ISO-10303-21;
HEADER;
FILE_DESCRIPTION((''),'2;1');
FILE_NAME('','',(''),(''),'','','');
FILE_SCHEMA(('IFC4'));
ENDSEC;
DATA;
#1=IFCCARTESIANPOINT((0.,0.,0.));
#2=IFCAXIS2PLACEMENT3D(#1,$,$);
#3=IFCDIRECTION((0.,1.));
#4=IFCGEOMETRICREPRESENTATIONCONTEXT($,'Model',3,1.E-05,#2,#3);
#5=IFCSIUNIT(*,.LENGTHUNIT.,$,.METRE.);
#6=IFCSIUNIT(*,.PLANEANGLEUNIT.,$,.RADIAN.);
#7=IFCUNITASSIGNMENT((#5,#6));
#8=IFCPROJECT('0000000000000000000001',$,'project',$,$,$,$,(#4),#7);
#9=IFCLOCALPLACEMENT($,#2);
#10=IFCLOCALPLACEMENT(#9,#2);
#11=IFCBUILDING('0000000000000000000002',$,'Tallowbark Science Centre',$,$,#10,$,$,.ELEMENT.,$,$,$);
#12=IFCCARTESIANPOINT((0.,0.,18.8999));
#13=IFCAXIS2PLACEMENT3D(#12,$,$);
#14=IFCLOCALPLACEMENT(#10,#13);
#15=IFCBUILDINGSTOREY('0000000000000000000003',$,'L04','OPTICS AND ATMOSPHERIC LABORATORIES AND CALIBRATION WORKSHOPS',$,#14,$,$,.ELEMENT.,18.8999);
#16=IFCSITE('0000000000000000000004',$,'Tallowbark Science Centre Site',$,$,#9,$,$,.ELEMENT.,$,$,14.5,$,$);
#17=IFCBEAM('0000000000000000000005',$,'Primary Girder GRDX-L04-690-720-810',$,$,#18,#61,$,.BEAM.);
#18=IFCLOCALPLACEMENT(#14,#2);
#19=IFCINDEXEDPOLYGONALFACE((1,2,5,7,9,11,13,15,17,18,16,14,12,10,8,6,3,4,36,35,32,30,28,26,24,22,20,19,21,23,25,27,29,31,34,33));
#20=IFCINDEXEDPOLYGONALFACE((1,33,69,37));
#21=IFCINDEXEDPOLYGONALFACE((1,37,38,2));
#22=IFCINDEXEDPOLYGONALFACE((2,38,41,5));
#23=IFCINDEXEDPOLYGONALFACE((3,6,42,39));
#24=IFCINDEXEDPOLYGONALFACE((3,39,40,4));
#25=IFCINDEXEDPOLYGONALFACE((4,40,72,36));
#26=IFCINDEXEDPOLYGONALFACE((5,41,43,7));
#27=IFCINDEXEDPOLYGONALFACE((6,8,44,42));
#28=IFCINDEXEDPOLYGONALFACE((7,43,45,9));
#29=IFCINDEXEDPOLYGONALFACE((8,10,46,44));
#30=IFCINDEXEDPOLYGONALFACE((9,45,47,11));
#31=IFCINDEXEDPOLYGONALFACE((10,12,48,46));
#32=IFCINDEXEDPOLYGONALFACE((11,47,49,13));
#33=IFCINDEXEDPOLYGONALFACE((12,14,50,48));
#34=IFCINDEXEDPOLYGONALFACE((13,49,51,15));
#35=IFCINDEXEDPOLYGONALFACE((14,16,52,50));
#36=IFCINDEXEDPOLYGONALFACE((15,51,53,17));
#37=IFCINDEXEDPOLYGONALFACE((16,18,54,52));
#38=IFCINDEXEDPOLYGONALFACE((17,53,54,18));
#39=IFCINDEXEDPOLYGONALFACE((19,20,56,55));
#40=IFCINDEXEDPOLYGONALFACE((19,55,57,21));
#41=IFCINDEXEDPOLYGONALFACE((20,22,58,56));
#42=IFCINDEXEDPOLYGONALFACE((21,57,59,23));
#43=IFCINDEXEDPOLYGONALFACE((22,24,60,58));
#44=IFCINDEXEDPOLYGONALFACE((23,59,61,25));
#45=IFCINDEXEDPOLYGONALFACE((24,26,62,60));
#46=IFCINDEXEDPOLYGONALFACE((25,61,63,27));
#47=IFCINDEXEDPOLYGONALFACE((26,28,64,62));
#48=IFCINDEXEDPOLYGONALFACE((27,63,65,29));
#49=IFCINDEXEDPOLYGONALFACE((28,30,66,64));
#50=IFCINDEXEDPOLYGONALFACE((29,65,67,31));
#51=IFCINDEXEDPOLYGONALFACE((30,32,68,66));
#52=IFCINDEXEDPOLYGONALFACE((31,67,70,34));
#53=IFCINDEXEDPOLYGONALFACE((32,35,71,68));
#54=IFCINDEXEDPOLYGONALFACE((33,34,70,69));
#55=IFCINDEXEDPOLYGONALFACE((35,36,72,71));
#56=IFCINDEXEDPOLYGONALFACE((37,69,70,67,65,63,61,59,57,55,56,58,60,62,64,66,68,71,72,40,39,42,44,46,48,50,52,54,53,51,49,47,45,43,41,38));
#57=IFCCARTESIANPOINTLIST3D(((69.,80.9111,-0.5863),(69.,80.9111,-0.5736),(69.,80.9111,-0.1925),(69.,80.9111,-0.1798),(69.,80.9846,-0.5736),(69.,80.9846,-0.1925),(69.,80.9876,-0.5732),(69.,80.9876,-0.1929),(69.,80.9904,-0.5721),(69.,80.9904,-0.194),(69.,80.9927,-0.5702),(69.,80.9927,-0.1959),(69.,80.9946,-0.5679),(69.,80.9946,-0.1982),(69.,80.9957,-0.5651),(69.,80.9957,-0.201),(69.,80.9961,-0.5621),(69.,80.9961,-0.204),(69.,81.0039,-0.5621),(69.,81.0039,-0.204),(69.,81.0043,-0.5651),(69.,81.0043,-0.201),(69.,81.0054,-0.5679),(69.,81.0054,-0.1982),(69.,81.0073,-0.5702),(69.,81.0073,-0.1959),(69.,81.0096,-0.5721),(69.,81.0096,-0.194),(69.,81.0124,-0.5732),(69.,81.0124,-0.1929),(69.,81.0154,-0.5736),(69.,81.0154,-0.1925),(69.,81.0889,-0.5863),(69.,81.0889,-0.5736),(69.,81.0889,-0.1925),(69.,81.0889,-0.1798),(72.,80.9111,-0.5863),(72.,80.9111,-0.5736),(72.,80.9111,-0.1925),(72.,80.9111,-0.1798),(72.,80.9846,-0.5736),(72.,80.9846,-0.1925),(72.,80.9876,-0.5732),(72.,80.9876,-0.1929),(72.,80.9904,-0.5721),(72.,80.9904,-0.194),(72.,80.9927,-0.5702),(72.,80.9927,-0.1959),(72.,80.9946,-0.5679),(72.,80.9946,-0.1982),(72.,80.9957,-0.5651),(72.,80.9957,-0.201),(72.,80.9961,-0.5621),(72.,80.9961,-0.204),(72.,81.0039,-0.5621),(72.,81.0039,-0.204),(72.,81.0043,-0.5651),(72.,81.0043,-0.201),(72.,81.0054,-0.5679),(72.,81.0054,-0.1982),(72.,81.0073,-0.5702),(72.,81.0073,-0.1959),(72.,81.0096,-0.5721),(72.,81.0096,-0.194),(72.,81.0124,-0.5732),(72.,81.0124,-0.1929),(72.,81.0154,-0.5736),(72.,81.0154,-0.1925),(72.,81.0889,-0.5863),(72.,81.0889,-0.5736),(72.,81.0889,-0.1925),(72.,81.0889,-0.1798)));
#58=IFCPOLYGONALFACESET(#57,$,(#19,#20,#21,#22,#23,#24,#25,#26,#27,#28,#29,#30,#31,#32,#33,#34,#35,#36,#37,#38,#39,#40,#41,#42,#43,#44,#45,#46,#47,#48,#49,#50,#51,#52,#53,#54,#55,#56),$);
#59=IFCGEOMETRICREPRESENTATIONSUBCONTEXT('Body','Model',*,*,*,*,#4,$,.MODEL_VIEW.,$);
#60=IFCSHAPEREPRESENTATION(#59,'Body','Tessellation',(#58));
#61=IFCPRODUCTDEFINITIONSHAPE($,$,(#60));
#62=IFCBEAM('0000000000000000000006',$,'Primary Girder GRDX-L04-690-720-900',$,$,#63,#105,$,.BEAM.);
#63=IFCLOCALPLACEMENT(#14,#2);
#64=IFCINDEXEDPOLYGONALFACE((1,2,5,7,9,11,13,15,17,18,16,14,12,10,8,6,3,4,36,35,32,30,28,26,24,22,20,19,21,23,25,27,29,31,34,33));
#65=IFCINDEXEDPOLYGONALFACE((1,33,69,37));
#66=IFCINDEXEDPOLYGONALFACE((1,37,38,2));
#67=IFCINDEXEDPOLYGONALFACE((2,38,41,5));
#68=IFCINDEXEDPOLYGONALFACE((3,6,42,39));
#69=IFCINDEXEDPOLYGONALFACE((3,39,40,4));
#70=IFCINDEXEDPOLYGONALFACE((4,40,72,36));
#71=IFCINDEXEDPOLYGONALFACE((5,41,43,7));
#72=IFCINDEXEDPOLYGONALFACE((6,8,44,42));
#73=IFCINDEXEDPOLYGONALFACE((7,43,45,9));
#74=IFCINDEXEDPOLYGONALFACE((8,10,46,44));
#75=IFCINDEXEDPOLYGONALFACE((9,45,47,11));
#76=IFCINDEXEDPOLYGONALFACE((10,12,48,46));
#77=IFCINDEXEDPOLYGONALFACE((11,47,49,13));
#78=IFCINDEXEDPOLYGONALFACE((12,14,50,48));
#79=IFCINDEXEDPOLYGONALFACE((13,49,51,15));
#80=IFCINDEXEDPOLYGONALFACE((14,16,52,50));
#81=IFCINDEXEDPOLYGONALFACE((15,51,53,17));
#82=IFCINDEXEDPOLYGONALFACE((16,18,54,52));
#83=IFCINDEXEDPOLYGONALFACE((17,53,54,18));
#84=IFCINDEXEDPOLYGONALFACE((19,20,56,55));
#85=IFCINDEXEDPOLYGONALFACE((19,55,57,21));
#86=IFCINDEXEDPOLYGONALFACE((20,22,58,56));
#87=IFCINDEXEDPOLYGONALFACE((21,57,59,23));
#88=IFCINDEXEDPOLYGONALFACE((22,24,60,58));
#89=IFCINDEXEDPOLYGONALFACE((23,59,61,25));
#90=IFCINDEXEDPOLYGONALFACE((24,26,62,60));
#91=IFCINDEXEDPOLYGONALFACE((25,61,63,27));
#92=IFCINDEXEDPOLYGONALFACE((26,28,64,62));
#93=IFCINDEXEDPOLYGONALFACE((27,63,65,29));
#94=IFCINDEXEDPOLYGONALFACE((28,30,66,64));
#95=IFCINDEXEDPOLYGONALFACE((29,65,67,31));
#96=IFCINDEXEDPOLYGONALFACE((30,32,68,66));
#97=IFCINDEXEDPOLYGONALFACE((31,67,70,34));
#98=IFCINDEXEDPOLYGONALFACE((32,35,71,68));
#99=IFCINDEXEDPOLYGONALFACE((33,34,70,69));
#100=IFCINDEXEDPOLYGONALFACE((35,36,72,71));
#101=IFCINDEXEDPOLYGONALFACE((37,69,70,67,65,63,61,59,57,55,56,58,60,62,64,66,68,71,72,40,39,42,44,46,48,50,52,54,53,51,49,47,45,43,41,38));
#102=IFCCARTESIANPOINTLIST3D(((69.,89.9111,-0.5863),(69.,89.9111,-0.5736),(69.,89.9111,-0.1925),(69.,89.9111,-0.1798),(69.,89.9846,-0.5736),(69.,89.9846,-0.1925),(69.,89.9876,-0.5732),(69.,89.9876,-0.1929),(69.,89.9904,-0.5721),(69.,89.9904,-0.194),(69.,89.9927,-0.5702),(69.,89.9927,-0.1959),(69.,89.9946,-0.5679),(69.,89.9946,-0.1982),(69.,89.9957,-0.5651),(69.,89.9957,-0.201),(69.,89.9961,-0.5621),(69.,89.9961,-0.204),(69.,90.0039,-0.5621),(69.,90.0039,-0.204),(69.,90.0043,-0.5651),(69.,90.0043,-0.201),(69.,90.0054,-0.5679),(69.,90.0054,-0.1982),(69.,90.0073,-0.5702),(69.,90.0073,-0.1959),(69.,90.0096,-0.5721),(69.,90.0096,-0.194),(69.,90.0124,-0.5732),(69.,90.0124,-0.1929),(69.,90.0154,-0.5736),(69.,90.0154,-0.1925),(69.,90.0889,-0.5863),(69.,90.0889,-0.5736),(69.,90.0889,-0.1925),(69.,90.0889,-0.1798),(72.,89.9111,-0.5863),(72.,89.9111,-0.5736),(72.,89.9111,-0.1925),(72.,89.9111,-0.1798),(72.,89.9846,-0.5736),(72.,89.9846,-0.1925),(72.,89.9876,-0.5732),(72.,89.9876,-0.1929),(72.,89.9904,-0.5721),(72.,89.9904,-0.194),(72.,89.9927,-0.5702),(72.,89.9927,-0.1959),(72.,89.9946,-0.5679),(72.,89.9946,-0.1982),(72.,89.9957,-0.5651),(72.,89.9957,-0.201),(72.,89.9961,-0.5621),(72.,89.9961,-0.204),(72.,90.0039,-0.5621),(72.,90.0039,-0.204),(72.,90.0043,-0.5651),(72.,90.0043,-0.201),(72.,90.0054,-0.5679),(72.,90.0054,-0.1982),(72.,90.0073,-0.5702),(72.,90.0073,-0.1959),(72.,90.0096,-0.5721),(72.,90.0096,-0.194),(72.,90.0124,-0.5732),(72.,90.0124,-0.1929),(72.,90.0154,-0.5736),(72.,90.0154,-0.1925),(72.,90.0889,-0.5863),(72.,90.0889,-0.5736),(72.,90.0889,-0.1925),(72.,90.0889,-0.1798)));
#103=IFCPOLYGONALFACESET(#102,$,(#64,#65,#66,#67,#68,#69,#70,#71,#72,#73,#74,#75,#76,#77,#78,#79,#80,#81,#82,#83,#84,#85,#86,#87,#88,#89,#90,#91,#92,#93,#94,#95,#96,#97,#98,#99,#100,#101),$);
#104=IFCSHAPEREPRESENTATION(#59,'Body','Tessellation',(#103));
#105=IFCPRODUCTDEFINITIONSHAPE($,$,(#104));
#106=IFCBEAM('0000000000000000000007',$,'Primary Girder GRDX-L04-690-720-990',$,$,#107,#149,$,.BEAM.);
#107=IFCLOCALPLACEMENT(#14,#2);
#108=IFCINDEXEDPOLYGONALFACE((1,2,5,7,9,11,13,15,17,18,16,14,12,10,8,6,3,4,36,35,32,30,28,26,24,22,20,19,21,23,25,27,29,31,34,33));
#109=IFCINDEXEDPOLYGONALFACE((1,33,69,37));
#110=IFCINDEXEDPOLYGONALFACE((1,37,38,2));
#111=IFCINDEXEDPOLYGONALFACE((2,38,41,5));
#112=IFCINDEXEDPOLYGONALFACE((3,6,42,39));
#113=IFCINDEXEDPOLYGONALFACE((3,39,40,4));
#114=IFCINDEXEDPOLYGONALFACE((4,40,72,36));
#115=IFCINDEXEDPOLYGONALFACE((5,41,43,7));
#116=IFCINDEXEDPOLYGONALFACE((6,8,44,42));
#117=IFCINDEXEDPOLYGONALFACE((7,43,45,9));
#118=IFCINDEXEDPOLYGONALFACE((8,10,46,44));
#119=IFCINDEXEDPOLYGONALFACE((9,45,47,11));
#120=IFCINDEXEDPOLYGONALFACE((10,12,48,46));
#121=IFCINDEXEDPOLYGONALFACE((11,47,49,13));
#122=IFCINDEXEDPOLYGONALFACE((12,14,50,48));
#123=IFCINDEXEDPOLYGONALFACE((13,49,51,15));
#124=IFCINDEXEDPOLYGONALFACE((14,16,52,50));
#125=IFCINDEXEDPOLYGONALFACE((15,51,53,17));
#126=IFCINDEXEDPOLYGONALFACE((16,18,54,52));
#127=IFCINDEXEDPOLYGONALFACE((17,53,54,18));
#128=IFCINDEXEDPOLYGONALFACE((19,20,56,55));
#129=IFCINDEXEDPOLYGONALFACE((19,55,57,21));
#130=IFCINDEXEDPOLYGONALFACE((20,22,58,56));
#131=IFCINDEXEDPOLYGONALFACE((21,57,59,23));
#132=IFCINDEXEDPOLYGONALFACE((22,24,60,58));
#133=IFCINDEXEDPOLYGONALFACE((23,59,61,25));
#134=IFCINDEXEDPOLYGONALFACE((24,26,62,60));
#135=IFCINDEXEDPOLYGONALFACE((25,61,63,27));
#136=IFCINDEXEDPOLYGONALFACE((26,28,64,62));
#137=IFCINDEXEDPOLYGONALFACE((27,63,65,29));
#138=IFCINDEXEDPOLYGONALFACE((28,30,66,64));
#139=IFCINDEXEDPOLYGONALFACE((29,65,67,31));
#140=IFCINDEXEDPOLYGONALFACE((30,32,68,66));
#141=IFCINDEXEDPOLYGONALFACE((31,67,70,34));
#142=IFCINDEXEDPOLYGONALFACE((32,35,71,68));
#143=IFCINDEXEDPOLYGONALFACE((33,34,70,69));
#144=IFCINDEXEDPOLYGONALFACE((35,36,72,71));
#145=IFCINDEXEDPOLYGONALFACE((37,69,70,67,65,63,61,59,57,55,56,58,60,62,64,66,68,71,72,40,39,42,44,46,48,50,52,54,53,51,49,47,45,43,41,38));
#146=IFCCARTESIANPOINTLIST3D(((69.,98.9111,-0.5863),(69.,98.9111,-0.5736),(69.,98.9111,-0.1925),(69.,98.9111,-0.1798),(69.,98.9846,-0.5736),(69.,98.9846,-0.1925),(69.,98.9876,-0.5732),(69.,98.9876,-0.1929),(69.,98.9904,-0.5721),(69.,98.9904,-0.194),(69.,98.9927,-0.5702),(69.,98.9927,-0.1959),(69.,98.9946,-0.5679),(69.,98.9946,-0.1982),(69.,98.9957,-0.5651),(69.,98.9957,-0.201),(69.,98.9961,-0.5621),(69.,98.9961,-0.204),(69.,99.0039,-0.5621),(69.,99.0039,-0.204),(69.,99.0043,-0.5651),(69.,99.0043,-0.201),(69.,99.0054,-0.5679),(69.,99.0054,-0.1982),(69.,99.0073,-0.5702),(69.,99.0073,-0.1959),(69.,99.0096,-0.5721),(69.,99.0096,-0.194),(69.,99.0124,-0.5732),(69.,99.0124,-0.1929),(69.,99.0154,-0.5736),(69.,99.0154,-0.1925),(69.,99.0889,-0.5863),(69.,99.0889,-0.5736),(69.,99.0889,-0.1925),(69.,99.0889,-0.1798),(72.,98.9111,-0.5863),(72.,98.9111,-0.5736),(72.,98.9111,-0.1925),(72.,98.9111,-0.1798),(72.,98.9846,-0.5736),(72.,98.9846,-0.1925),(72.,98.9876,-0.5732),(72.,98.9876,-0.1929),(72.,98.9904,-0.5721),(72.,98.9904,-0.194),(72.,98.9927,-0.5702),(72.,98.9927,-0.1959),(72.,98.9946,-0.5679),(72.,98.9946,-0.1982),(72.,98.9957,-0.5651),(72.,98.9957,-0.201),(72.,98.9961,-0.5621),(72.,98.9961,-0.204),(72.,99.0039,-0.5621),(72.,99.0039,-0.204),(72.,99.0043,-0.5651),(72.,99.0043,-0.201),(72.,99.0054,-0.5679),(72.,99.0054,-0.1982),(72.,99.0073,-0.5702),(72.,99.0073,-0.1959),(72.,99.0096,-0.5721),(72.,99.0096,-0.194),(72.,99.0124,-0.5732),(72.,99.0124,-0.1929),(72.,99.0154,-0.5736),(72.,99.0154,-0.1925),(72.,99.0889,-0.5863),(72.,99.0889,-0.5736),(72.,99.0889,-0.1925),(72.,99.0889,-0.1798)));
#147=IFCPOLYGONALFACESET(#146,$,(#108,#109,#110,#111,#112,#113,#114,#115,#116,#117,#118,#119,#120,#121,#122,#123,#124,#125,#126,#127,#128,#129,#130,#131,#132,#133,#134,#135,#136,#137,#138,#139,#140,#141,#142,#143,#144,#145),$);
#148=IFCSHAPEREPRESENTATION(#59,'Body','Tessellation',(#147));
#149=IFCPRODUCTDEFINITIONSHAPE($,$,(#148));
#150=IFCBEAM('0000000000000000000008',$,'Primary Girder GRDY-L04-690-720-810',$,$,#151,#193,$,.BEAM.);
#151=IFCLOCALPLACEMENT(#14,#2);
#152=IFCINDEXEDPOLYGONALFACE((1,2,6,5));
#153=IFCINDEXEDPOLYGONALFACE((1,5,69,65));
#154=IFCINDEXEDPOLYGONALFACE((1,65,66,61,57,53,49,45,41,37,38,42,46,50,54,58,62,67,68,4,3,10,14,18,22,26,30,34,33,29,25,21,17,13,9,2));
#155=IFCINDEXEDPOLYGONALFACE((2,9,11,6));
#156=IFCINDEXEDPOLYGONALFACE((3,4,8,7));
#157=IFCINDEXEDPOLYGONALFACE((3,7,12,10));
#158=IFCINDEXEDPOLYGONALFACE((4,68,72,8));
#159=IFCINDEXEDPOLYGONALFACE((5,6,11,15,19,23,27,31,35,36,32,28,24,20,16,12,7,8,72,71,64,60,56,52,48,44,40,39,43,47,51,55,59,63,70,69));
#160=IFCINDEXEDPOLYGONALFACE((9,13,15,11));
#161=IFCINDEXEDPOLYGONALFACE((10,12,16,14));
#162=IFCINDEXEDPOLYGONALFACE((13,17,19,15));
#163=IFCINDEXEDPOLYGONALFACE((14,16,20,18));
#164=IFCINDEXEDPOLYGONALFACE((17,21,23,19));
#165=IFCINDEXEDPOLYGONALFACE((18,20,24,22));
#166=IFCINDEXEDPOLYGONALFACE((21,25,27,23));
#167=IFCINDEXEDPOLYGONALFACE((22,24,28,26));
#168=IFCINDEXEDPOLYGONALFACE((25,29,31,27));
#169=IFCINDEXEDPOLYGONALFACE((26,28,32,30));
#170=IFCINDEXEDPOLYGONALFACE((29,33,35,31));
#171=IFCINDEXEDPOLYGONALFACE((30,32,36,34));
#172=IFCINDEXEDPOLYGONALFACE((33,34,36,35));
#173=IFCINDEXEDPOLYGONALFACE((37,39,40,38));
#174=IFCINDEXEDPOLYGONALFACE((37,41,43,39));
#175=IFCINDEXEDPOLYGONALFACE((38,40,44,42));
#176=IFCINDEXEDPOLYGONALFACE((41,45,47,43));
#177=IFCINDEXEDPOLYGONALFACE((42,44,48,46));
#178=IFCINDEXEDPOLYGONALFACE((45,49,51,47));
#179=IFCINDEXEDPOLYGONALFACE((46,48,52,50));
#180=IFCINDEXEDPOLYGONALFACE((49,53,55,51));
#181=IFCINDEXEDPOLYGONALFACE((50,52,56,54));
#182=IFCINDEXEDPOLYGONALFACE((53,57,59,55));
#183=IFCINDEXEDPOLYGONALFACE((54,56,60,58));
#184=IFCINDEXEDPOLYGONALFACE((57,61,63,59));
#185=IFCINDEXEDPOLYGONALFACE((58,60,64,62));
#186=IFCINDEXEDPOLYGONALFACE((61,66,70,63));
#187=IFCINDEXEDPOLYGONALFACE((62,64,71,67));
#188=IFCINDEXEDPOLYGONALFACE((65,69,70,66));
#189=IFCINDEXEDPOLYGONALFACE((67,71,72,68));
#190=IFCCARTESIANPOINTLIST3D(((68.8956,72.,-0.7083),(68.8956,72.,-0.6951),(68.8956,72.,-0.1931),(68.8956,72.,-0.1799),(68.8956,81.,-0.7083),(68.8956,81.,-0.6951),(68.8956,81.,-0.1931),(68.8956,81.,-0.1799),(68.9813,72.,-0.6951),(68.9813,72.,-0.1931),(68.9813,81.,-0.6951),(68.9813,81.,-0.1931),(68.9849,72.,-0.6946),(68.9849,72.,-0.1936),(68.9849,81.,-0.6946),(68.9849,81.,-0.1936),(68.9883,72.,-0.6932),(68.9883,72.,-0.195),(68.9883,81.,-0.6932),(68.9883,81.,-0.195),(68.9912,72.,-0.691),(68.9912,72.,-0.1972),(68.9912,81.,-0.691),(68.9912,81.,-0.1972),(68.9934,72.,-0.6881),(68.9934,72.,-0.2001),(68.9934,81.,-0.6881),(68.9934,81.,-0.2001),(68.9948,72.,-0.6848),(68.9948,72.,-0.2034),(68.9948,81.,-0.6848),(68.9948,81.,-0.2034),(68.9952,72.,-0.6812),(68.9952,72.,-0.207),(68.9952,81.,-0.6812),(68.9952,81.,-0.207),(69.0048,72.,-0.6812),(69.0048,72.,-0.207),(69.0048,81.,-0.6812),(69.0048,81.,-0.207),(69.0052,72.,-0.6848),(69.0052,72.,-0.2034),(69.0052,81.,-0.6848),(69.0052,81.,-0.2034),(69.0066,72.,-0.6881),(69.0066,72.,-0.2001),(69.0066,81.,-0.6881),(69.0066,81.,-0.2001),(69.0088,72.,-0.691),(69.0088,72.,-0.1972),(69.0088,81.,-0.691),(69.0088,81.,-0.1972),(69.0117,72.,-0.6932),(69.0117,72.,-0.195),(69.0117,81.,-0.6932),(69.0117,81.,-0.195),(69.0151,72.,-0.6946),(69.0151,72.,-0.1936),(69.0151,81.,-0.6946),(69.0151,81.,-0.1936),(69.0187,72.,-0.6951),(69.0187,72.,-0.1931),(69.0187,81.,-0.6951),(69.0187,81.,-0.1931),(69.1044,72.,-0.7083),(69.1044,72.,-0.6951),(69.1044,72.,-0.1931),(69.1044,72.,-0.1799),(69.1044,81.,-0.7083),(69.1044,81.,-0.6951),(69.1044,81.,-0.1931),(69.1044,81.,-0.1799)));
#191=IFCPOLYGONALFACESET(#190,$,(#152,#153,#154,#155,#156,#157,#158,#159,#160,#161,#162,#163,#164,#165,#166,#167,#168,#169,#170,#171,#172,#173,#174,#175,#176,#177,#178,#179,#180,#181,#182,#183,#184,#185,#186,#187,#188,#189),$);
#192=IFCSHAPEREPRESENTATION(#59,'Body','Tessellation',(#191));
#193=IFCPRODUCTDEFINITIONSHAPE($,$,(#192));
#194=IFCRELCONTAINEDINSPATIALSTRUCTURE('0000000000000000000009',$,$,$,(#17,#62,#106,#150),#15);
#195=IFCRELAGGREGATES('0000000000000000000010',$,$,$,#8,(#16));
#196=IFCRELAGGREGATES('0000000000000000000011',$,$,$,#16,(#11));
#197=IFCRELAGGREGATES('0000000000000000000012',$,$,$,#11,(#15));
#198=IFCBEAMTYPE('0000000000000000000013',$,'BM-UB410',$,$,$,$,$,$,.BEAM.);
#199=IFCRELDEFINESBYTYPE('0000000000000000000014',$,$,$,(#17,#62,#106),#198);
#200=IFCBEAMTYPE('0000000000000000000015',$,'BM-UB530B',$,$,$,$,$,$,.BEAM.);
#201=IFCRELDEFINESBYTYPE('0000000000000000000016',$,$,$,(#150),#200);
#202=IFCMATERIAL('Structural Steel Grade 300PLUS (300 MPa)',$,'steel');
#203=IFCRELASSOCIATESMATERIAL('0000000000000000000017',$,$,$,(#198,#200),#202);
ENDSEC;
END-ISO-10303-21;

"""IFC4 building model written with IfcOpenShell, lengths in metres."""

from ifc_helpers import new_model, si_unit, direction, frame, origin, origin_2d, place, context, subcontext, project, spatial, i_section, extrude, material, material_profile, profile_set, type_object, element, save


model = new_model("IFC4")

# Units and contexts
model_context = context("Model", 3, precision=1e-05, world=origin(), true_north=direction((0.0, 1.0)))
body_context = subcontext(model_context, "Body", "Model", "MODEL_VIEW")
ifc_project = project(units=[si_unit("LENGTHUNIT", "METRE"), si_unit("PLANEANGLEUNIT", "RADIAN")], contexts=[model_context])

# Site, building, storey
site_placement = place(None, origin())
site = spatial("IfcSite", under=ifc_project, at=site_placement, Name="Tallowbark Science Centre Site", CompositionType="ELEMENT", RefElevation=14.5)
building_placement = place(site_placement, origin())
building = spatial("IfcBuilding", under=site, at=building_placement, Name="Tallowbark Science Centre", CompositionType="ELEMENT")
storey_placement = place(building_placement, frame((0.0, 0.0, 18.8999)))
storey = spatial("IfcBuildingStorey", under=building, at=storey_placement, Name="L04", Description="OPTICS AND ATMOSPHERIC LABORATORIES AND CALIBRATION WORKSHOPS", CompositionType="ELEMENT", Elevation=18.8999)

# Beams
ifc_material_1 = material(Name="Structural Steel Grade 300PLUS (300 MPa)", Category="steel")
ifc_material_profile_1 = material_profile(ifc_material_1, i_section(OverallWidth=0.1777, OverallDepth=0.4065, WebThickness=0.0078, FlangeThickness=0.0127, FilletRadius=0.0115, at=origin_2d()), Name="410UB59.7")
ifc_profile_set_1 = profile_set([ifc_material_profile_1], Name="Structural Steel Grade 300PLUS (300 MPa)")
beam_type_1 = type_object("IfcBeamType", Name="BM-UB410", PredefinedType="BEAM", material=ifc_profile_set_1)
for number, where, z_axis, x_axis, name in (
    (1, (69.0, 81.0, -0.3831), (1.0, 0.0, 0.0), (0.0, 1.0, 0.0), "Primary Girder GRDX-L04-690-720-810"),
    (2, (69.0, 90.0, -0.3831), (1.0, 0.0, 0.0), (0.0, 1.0, 0.0), "Primary Girder GRDX-L04-690-720-900"),
    (3, (69.0, 99.0, -0.3831), (1.0, 0.0, 0.0), (0.0, 1.0, 0.0), "Primary Girder GRDX-L04-690-720-990"),
):
    element("IfcBeam", number, at=place(storey_placement, frame(where, z_axis=z_axis, x_axis=x_axis)), inside=storey, type_object=beam_type_1, Name=name, PredefinedType="BEAM", context=body_context, shape_type="SweptSolid", body=[
        extrude(i_section(OverallWidth=0.1777, OverallDepth=0.4065, WebThickness=0.0078, FlangeThickness=0.0127, FilletRadius=0.0115, at=origin_2d()), origin(), (0.0, 0.0, 1.0), 3.0),
    ])
ifc_material_profile_2 = material_profile(ifc_material_1, i_section(OverallWidth=0.2087, OverallDepth=0.5283, WebThickness=0.0095, FlangeThickness=0.0132, FilletRadius=0.0139, at=origin_2d()), Name="530UB82.0")
ifc_profile_set_2 = profile_set([ifc_material_profile_2], Name="Structural Steel Grade 300PLUS (300 MPa)")
beam_type_2 = type_object("IfcBeamType", Name="BM-UB530B", PredefinedType="BEAM", material=ifc_profile_set_2)
for number, where, z_axis, x_axis, name in (
    (4, (69.0, 72.0, -0.4441), (0.0, 1.0, 0.0), (-1.0, 0.0, 0.0), "Primary Girder GRDY-L04-690-720-810"),
):
    element("IfcBeam", number, at=place(storey_placement, frame(where, z_axis=z_axis, x_axis=x_axis)), inside=storey, type_object=beam_type_2, Name=name, PredefinedType="BEAM", context=body_context, shape_type="SweptSolid", body=[
        extrude(i_section(OverallWidth=0.2087, OverallDepth=0.5283, WebThickness=0.0095, FlangeThickness=0.0132, FilletRadius=0.0139, at=origin_2d()), origin(), (0.0, 0.0, 1.0), 9.0),
    ])

save(model, "model.ifc")
